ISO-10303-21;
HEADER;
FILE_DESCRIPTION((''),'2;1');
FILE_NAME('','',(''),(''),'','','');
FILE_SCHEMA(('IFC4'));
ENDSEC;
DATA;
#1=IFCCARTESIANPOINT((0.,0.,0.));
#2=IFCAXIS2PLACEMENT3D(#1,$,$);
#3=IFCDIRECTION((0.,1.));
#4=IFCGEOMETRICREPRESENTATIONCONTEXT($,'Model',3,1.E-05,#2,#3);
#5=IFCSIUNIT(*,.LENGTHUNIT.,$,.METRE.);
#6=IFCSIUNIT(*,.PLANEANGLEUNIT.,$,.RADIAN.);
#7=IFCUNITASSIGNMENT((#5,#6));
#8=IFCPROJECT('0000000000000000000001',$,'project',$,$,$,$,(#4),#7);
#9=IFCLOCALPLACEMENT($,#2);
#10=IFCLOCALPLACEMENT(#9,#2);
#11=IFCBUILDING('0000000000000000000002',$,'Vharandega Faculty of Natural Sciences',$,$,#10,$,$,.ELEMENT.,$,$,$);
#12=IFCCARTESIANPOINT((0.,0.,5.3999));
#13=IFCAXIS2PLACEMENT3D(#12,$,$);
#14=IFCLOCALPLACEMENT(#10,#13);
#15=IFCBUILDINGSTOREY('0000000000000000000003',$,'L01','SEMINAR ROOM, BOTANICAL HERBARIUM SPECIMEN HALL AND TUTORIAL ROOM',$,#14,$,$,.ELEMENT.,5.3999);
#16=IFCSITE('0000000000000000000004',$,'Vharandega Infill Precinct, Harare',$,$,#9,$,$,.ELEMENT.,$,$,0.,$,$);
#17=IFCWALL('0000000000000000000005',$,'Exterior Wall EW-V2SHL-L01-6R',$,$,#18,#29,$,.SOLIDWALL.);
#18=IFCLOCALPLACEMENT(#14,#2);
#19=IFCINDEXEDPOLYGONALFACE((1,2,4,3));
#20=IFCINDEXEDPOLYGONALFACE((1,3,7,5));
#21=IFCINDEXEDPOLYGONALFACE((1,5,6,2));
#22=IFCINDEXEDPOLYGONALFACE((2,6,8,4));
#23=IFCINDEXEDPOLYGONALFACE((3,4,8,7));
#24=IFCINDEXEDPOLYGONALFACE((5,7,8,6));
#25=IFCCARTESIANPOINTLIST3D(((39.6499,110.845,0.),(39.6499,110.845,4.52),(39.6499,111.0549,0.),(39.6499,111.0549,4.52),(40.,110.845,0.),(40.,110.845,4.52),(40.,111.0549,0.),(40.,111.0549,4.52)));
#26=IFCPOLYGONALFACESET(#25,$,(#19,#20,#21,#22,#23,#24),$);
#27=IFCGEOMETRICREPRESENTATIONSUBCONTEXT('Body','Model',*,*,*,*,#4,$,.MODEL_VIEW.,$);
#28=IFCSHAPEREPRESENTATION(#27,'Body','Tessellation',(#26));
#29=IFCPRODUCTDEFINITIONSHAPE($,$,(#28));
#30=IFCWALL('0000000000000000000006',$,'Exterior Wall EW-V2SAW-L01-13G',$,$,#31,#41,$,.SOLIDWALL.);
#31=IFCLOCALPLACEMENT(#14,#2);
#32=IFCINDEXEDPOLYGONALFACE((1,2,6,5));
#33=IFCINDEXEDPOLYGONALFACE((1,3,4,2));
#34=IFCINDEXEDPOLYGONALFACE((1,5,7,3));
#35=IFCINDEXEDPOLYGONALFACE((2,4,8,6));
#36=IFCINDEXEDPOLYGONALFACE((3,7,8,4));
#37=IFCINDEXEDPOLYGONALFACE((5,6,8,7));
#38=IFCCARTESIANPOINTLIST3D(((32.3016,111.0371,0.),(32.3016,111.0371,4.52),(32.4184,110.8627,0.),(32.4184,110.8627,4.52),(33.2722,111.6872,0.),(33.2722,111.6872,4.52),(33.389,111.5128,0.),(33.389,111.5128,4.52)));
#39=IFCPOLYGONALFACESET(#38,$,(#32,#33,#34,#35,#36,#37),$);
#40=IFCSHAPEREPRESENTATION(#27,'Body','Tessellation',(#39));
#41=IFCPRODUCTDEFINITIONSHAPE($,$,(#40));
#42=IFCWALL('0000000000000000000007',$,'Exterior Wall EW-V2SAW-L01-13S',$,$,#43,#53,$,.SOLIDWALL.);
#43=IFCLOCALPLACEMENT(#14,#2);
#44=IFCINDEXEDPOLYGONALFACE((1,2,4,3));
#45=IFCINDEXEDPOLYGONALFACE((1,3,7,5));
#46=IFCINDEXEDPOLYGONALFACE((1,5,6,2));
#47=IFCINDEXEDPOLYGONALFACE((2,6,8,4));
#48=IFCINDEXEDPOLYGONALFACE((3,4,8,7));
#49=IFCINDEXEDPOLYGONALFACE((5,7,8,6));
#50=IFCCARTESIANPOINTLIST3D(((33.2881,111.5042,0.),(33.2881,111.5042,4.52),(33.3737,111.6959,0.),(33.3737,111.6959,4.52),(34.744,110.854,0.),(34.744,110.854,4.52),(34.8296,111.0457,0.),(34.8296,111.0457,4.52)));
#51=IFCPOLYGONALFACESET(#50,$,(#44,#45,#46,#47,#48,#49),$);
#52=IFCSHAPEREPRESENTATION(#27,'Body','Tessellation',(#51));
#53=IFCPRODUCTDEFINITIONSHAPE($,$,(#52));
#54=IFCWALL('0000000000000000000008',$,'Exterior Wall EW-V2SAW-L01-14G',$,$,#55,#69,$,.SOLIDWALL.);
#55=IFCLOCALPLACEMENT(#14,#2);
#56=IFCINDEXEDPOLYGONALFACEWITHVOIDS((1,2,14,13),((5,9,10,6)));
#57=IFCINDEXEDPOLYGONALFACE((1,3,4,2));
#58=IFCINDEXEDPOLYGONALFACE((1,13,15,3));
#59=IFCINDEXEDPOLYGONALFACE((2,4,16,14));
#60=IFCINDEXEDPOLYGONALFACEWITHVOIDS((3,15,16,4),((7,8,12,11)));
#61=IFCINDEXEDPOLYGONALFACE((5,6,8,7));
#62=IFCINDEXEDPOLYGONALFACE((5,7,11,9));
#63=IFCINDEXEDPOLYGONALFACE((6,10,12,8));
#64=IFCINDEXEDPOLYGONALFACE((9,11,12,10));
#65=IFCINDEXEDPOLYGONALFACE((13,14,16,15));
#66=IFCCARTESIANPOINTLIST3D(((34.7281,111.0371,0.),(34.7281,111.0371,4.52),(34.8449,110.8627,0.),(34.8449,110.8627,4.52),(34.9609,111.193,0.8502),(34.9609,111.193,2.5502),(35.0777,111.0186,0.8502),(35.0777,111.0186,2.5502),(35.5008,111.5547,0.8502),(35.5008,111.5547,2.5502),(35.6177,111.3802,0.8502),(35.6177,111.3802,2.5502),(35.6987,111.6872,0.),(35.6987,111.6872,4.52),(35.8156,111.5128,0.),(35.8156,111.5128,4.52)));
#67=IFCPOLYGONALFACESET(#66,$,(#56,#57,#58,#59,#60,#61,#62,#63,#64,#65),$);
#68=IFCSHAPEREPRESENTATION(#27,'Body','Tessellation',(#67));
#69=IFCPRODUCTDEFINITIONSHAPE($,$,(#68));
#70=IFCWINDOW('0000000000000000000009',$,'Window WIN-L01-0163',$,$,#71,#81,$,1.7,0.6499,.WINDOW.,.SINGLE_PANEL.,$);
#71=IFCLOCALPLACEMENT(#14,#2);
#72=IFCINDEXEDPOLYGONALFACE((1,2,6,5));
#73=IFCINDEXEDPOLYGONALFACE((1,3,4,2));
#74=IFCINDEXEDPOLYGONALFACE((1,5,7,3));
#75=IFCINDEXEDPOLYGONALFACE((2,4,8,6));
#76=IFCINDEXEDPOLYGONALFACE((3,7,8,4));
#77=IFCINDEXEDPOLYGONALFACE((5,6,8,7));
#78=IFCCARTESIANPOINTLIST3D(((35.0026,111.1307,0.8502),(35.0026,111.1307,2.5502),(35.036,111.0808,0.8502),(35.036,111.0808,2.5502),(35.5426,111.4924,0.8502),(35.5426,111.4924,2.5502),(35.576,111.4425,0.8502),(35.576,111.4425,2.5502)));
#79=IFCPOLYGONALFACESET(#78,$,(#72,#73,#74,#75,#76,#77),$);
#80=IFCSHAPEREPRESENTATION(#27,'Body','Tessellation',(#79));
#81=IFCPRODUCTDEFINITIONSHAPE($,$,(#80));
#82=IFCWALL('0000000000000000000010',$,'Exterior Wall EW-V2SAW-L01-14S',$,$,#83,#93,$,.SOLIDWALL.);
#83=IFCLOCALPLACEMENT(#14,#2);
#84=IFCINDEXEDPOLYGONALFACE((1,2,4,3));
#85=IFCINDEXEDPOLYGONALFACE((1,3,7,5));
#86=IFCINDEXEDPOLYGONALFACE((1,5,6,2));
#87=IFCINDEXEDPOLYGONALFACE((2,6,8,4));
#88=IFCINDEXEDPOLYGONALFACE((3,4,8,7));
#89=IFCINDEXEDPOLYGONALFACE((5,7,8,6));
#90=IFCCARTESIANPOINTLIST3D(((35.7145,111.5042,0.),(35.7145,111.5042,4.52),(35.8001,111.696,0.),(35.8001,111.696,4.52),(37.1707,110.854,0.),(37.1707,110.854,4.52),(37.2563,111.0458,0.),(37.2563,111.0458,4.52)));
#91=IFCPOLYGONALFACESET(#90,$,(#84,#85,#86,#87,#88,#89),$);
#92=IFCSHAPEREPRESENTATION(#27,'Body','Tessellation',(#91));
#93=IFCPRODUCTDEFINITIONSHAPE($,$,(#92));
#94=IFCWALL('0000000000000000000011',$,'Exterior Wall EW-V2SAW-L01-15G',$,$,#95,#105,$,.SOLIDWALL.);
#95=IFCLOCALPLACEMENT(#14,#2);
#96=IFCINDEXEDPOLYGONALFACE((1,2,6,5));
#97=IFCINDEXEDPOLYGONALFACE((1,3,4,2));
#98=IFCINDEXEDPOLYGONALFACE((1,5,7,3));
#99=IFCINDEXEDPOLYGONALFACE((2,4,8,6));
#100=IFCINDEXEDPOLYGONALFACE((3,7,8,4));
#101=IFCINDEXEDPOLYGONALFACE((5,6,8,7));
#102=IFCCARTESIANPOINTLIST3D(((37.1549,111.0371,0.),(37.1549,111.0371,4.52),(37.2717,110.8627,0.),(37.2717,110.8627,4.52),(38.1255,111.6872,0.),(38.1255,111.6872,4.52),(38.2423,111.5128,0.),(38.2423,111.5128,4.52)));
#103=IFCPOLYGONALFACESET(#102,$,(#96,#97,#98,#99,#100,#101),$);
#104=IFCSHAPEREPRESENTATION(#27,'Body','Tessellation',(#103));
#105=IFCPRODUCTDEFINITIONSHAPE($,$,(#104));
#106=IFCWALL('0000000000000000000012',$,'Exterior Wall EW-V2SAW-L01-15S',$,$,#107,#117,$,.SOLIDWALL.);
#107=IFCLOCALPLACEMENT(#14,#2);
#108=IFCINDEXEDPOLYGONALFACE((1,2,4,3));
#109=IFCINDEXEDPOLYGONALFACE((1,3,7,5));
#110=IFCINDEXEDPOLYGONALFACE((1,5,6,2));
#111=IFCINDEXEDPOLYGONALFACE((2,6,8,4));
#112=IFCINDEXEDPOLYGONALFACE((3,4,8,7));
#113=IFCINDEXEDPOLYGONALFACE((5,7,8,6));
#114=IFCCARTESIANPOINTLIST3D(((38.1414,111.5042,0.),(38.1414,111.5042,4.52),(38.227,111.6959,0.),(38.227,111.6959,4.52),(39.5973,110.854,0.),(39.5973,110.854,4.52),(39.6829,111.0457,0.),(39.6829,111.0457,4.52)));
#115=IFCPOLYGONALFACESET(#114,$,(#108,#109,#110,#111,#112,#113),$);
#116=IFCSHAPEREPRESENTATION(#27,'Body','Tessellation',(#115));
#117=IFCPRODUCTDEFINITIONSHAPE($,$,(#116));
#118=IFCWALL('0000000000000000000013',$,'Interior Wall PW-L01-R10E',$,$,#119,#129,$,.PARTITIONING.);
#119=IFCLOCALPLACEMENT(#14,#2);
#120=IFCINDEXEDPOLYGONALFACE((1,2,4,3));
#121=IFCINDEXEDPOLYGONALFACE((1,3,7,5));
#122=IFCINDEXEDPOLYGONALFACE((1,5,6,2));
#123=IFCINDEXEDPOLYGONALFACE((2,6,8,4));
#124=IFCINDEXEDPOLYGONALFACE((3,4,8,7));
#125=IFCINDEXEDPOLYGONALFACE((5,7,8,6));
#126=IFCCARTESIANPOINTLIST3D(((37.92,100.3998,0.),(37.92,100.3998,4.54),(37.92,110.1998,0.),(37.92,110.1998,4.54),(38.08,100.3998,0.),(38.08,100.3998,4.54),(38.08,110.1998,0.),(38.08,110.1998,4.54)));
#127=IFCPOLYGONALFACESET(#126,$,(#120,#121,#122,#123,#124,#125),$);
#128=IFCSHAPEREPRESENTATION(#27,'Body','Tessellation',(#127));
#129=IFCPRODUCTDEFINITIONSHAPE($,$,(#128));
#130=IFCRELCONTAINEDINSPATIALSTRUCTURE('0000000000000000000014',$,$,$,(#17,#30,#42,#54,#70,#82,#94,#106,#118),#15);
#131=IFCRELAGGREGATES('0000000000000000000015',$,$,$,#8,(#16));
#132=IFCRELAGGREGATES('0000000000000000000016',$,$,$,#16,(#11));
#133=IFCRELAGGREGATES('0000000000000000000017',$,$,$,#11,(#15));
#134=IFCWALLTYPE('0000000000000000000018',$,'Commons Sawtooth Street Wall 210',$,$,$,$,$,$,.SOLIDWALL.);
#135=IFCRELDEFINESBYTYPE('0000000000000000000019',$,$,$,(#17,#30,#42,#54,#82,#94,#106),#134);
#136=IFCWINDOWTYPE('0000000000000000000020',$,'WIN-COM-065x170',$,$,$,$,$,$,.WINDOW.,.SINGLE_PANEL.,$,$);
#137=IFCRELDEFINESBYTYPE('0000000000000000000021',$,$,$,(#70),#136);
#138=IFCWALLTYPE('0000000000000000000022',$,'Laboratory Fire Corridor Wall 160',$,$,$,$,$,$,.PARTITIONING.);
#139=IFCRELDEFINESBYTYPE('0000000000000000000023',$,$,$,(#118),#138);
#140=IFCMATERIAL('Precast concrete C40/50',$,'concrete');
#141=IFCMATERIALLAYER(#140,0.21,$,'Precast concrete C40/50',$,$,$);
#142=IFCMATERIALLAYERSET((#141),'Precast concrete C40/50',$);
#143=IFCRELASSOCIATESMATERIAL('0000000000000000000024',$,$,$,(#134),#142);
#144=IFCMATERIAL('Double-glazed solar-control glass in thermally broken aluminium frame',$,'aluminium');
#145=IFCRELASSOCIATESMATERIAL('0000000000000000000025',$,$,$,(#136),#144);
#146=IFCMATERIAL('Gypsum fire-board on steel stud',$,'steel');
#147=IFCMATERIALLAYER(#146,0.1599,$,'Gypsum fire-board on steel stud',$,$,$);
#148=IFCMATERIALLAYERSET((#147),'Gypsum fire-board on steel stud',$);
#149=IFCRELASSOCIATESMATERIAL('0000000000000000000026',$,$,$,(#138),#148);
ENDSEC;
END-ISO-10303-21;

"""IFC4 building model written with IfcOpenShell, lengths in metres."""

from ifc_helpers import new_model, si_unit, direction, frame, frame_2d, origin, place, context, subcontext, project, spatial, rectangle, extrude, material, layer, layer_set, type_object, element, fill, save


model = new_model("IFC4")

# Units and contexts
model_context = context("Model", 3, precision=1e-05, world=origin(), true_north=direction((0.0, 1.0)))
body_context = subcontext(model_context, "Body", "Model", "MODEL_VIEW")
ifc_project = project(units=[si_unit("LENGTHUNIT", "METRE"), si_unit("PLANEANGLEUNIT", "RADIAN")], contexts=[model_context])

# Site, building, storey
site_placement = place(None, origin())
site = spatial("IfcSite", under=ifc_project, at=site_placement, Name="Vharandega Infill Precinct, Harare", CompositionType="ELEMENT", RefElevation=0.0)
building_placement = place(site_placement, origin())
building = spatial("IfcBuilding", under=site, at=building_placement, Name="Vharandega Faculty of Natural Sciences", CompositionType="ELEMENT")
storey_placement = place(building_placement, frame((0.0, 0.0, 5.3999)))
storey = spatial("IfcBuildingStorey", under=building, at=storey_placement, Name="L01", Description="SEMINAR ROOM, BOTANICAL HERBARIUM SPECIMEN HALL AND TUTORIAL ROOM", CompositionType="ELEMENT", Elevation=5.3999)

# Walls
ifc_material_1 = material(Name="Precast concrete C40/50", Category="concrete")
ifc_layer_1 = layer(ifc_material_1, 0.21, Name="Precast concrete C40/50")
ifc_layer_set_1 = layer_set([ifc_layer_1], Name="Precast concrete C40/50")
wall_type_1 = type_object("IfcWallType", Name="Commons Sawtooth Street Wall 210", PredefinedType="SOLIDWALL", material=ifc_layer_set_1)
wall_1_placement = place(storey_placement, frame((39.6499, 110.95, 0.0), z_axis=(0.0, 0.0, 1.0), x_axis=(1.0, 0.0, 0.0)))
element("IfcWall", 1, at=wall_1_placement, inside=storey, type_object=wall_type_1, Name="Exterior Wall EW-V2SHL-L01-6R", PredefinedType="SOLIDWALL", context=body_context, shape_type="SweptSolid", body=[
    extrude(rectangle(XDim=0.3501, YDim=0.21, at=frame_2d((0.175, 0.0))), origin(), (0.0, 0.0, 1.0), 4.52),
])
wall_2_placement = place(storey_placement, frame((32.3601, 110.95, 0.0), z_axis=(0.0, 0.0, 1.0), x_axis=(0.830859, 0.556483, 0.0)))
element("IfcWall", 2, at=wall_2_placement, inside=storey, type_object=wall_type_1, Name="Exterior Wall EW-V2SAW-L01-13G", PredefinedType="SOLIDWALL", context=body_context, shape_type="SweptSolid", body=[
    extrude(rectangle(XDim=1.1682, YDim=0.21, at=frame_2d((0.584, 0.0))), origin(), (0.0, 0.0, 1.0), 4.52),
])
wall_3_placement = place(storey_placement, frame((33.3308, 111.6001, 0.0), z_axis=(0.0, 0.0, 1.0), x_axis=(0.913084, -0.407772, 0.0)))
element("IfcWall", 3, at=wall_3_placement, inside=storey, type_object=wall_type_1, Name="Exterior Wall EW-V2SAW-L01-13S", PredefinedType="SOLIDWALL", context=body_context, shape_type="SweptSolid", body=[
    extrude(rectangle(XDim=1.5945, YDim=0.21, at=frame_2d((0.7974, 0.0))), origin(), (0.0, 0.0, 1.0), 4.52),
])

# Wall, opening, window
wall_4_placement = place(storey_placement, frame((34.7866, 110.95, 0.0), z_axis=(0.0, 0.0, 1.0), x_axis=(0.830859, 0.556483, 0.0)))
wall_4 = element("IfcWall", 4, at=wall_4_placement, inside=storey, type_object=wall_type_1, Name="Exterior Wall EW-V2SAW-L01-14G", PredefinedType="SOLIDWALL", context=body_context, shape_type="SweptSolid", body=[
    extrude(rectangle(XDim=1.1682, YDim=0.21, at=frame_2d((0.584, 0.0))), origin(), (0.0, 0.0, 1.0), 4.52),
])
opening_placement = place(wall_4_placement, frame((0.28, 0.0, 0.8501)))
opening = element("IfcOpeningElement", 5, at=opening_placement, cuts=wall_4, PredefinedType="OPENING", context=body_context, shape_type="SweptSolid", body=[
    extrude(rectangle(XDim=0.6499, YDim=1.7, at=frame_2d((0.325, 0.8501))), frame((0.0, 0.115, 0.0), z_axis=(0.0, -1.0, 0.0), x_axis=(1.0, 0.0, 0.0)), (0.0, 0.0, 1.0), 0.23),
])
ifc_material_2 = material(Name="Double-glazed solar-control glass in thermally broken aluminium frame", Category="aluminium")
window_type = type_object("IfcWindowType", Name="WIN-COM-065x170", PartitioningType="SINGLE_PANEL", PredefinedType="WINDOW", material=ifc_material_2)
window_placement = place(opening_placement, origin())
window = element("IfcWindow", 6, at=window_placement, inside=storey, type_object=window_type, Name="Window WIN-L01-0163", OverallHeight=1.7, OverallWidth=0.6499, PartitioningType="SINGLE_PANEL", PredefinedType="WINDOW", context=body_context, shape_type="SweptSolid", body=[
    extrude(rectangle(XDim=0.6499, YDim=1.7, at=frame_2d((0.325, 0.8501))), frame((0.0, 0.03, 0.0), z_axis=(0.0, -1.0, 0.0), x_axis=(1.0, 0.0, 0.0)), (0.0, 0.0, 1.0), 0.0601),
])
fill(opening, window)

# Walls
wall_5_placement = place(storey_placement, frame((35.7573, 111.6001, 0.0), z_axis=(0.0, 0.0, 1.0), x_axis=(0.913109, -0.407715, 0.0)))
element("IfcWall", 7, at=wall_5_placement, inside=storey, type_object=wall_type_1, Name="Exterior Wall EW-V2SAW-L01-14S", PredefinedType="SOLIDWALL", context=body_context, shape_type="SweptSolid", body=[
    extrude(rectangle(XDim=1.5947, YDim=0.21, at=frame_2d((0.7974, 0.0))), origin(), (0.0, 0.0, 1.0), 4.52),
])
wall_6_placement = place(storey_placement, frame((37.2134, 110.95, 0.0), z_axis=(0.0, 0.0, 1.0), x_axis=(0.830859, 0.556483, 0.0)))
element("IfcWall", 8, at=wall_6_placement, inside=storey, type_object=wall_type_1, Name="Exterior Wall EW-V2SAW-L01-15G", PredefinedType="SOLIDWALL", context=body_context, shape_type="SweptSolid", body=[
    extrude(rectangle(XDim=1.1682, YDim=0.21, at=frame_2d((0.584, 0.0))), origin(), (0.0, 0.0, 1.0), 4.52),
])
wall_7_placement = place(storey_placement, frame((38.1841, 111.6001, 0.0), z_axis=(0.0, 0.0, 1.0), x_axis=(0.913084, -0.407772, 0.0)))
element("IfcWall", 9, at=wall_7_placement, inside=storey, type_object=wall_type_1, Name="Exterior Wall EW-V2SAW-L01-15S", PredefinedType="SOLIDWALL", context=body_context, shape_type="SweptSolid", body=[
    extrude(rectangle(XDim=1.5945, YDim=0.21, at=frame_2d((0.7974, 0.0))), origin(), (0.0, 0.0, 1.0), 4.52),
])
ifc_material_3 = material(Name="Gypsum fire-board on steel stud", Category="steel")
ifc_layer_2 = layer(ifc_material_3, 0.1599, Name="Gypsum fire-board on steel stud")
ifc_layer_set_2 = layer_set([ifc_layer_2], Name="Gypsum fire-board on steel stud")
wall_type_2 = type_object("IfcWallType", Name="Laboratory Fire Corridor Wall 160", PredefinedType="PARTITIONING", material=ifc_layer_set_2)
wall_8_placement = place(storey_placement, frame((38.0, 100.3999, 0.0), z_axis=(0.0, 0.0, 1.0), x_axis=(0.0, 1.0, 0.0)))
element("IfcWall", 10, at=wall_8_placement, inside=storey, type_object=wall_type_2, Name="Interior Wall PW-L01-R10E", PredefinedType="PARTITIONING", context=body_context, shape_type="SweptSolid", body=[
    extrude(rectangle(XDim=9.8, YDim=0.1599, at=frame_2d((4.8999, 0.0))), origin(), (0.0, 0.0, 1.0), 4.54),
])

save(model, "model.ifc")
